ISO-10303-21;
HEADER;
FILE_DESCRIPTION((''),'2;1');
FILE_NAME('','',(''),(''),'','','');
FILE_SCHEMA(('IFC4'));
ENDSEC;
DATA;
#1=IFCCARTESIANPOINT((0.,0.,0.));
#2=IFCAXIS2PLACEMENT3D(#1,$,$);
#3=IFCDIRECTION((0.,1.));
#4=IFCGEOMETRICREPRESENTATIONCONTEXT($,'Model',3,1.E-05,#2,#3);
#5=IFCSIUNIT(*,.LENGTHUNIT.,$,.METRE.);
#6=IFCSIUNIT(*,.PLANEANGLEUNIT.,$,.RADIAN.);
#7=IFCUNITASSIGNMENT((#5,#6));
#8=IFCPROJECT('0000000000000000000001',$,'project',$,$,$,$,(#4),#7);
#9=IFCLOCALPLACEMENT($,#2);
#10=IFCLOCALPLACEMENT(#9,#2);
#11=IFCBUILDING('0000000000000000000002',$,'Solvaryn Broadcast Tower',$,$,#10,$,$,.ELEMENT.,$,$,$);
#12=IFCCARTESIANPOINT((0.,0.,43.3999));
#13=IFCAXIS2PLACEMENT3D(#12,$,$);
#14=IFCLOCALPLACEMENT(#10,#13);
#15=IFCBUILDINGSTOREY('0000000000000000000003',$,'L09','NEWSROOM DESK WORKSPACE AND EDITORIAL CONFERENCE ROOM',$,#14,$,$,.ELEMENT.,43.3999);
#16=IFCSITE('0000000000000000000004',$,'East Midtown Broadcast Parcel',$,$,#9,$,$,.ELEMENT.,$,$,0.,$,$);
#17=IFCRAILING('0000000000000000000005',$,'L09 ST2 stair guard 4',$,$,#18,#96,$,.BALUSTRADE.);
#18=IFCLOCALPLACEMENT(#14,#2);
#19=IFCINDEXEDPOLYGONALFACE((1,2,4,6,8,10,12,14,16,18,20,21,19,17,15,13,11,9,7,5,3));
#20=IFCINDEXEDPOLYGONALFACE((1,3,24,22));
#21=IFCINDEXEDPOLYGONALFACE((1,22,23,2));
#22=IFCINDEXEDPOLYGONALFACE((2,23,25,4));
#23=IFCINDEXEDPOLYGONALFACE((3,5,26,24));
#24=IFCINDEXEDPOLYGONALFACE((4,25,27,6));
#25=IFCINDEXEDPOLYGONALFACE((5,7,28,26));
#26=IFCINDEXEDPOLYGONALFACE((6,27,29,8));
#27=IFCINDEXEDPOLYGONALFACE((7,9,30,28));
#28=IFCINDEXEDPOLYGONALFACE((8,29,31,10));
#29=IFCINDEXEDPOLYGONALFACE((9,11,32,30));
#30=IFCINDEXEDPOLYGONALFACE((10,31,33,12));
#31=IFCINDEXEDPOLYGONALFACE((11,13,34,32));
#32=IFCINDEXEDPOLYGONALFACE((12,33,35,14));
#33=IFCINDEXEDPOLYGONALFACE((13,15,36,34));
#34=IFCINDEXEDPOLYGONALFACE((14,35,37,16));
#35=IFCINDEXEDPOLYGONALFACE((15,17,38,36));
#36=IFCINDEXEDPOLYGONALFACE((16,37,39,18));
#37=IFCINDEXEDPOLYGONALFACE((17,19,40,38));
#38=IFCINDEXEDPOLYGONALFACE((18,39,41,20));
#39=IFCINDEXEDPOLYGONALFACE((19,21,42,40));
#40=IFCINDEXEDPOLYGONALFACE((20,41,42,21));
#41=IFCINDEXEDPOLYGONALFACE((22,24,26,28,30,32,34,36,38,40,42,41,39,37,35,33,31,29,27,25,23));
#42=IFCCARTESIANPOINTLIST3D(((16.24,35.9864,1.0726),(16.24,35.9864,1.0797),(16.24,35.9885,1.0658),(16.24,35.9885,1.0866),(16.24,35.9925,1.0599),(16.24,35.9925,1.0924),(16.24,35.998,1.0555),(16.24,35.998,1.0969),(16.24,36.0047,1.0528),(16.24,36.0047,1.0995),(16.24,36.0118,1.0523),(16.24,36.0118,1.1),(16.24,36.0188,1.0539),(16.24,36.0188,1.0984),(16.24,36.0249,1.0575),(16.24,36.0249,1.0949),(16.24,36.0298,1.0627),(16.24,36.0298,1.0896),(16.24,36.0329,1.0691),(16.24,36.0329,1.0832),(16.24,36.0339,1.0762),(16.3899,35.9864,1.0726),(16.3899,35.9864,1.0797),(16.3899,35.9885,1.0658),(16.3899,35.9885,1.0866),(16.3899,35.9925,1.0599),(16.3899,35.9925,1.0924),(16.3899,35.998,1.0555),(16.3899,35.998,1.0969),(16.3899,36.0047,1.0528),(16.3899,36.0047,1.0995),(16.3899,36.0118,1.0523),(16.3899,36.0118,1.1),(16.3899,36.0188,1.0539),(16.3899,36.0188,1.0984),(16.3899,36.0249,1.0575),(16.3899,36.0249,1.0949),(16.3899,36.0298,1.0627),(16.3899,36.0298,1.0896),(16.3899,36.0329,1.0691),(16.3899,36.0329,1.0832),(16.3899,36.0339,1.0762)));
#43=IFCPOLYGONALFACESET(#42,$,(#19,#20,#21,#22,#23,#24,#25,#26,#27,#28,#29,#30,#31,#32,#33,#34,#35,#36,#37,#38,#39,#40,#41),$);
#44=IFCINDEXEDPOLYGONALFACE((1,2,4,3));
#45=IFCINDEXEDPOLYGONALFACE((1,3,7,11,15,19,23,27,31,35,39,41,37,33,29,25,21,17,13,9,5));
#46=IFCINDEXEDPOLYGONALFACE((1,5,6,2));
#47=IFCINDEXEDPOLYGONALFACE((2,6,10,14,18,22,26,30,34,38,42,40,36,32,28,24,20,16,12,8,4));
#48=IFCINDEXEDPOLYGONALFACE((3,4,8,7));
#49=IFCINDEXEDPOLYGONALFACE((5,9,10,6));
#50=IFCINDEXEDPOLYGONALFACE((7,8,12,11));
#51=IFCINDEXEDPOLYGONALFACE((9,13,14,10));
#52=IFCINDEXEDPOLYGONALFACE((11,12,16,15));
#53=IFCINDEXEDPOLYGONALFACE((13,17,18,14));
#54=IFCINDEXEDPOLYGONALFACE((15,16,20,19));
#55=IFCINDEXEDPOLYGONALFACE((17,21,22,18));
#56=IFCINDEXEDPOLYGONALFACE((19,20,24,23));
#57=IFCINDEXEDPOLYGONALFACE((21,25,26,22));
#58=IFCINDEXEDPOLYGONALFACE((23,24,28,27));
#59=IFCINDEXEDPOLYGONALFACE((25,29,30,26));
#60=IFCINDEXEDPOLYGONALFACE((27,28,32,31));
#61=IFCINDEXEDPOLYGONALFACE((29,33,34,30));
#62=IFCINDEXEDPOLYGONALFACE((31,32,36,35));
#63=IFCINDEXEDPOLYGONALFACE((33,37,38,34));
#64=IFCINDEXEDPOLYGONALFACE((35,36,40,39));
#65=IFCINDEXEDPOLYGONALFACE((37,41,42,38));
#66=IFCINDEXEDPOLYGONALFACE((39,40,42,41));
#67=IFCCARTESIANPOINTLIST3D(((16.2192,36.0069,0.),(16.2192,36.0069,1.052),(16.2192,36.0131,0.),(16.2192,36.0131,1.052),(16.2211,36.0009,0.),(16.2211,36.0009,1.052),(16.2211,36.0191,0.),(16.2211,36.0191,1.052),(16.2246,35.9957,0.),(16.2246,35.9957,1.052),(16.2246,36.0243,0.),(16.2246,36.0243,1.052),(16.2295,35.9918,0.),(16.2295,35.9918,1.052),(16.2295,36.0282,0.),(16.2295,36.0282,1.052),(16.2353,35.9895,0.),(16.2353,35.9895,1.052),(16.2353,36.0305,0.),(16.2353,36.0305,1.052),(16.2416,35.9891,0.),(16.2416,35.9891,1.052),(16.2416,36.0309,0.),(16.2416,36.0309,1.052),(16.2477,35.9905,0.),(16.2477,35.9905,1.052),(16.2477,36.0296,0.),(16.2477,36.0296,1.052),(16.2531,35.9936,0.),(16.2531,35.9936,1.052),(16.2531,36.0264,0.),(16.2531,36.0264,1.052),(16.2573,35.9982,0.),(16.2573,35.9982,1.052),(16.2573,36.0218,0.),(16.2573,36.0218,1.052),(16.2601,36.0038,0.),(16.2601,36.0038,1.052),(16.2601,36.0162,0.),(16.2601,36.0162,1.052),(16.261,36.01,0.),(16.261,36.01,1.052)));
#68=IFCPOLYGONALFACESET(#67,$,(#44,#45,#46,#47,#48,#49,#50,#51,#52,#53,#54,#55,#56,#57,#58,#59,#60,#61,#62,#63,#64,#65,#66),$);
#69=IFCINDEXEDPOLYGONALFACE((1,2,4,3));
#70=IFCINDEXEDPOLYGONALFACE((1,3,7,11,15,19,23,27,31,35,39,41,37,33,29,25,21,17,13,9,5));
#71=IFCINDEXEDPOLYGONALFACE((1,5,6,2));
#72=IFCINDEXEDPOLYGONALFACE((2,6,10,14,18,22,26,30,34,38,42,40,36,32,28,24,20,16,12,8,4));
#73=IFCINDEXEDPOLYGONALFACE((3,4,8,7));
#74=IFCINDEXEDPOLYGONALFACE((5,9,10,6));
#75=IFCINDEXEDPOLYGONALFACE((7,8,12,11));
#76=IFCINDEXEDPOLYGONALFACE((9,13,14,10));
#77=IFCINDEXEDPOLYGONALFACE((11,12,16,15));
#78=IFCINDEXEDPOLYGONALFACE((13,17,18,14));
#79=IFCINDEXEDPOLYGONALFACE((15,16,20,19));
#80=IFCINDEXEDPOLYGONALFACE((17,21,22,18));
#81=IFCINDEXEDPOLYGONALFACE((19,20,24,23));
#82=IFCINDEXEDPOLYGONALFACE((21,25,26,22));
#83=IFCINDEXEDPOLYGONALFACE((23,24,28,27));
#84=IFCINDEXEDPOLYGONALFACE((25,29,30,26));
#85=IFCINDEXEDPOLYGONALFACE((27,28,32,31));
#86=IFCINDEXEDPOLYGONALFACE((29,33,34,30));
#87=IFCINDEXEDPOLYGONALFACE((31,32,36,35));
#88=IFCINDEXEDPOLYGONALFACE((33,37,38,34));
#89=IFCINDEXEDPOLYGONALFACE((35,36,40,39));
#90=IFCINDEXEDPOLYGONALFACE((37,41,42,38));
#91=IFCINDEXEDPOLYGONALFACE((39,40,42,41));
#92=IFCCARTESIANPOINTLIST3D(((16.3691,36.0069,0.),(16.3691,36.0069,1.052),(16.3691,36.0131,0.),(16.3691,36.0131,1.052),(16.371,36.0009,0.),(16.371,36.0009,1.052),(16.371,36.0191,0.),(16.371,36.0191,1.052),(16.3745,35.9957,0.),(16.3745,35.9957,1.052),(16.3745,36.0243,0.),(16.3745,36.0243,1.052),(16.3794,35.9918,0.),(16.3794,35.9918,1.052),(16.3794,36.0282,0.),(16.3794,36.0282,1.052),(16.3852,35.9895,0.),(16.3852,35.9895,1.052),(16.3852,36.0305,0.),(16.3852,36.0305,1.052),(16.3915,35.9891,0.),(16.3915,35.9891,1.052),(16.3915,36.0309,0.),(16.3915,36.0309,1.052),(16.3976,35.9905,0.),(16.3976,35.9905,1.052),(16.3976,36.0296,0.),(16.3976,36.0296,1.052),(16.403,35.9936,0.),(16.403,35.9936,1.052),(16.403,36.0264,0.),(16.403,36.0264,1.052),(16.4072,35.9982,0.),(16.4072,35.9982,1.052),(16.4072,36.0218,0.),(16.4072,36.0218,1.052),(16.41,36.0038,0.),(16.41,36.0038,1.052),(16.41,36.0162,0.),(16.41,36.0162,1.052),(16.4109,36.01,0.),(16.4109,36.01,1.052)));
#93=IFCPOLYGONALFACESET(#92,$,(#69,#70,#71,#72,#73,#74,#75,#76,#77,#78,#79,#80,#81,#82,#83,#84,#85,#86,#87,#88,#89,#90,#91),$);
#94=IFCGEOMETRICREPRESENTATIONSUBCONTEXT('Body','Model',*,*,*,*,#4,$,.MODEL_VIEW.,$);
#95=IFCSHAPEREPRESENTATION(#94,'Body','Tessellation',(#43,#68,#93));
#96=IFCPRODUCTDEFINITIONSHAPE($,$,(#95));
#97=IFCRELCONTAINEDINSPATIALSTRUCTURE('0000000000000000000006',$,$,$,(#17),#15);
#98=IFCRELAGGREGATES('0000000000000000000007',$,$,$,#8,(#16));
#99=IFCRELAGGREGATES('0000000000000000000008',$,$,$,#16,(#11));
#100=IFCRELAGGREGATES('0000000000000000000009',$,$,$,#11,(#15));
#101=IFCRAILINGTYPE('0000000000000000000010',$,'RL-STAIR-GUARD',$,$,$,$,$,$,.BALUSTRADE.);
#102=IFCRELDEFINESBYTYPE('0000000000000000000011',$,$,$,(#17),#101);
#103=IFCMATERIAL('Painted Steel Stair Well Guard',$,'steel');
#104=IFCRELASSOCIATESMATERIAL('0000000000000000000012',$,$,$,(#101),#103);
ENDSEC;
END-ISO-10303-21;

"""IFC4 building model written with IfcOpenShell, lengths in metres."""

from ifc_helpers import new_model, si_unit, direction, frame, origin, origin_2d, place, context, subcontext, project, spatial, circle, extrude, material, type_object, element, save


model = new_model("IFC4")

# Units and contexts
model_context = context("Model", 3, precision=1e-05, world=origin(), true_north=direction((0.0, 1.0)))
body_context = subcontext(model_context, "Body", "Model", "MODEL_VIEW")
ifc_project = project(units=[si_unit("LENGTHUNIT", "METRE"), si_unit("PLANEANGLEUNIT", "RADIAN")], contexts=[model_context])

# Site, building, storey
site_placement = place(None, origin())
site = spatial("IfcSite", under=ifc_project, at=site_placement, Name="East Midtown Broadcast Parcel", CompositionType="ELEMENT", RefElevation=0.0)
building_placement = place(site_placement, origin())
building = spatial("IfcBuilding", under=site, at=building_placement, Name="Solvaryn Broadcast Tower", CompositionType="ELEMENT")
storey_placement = place(building_placement, frame((0.0, 0.0, 43.3999)))
storey = spatial("IfcBuildingStorey", under=building, at=storey_placement, Name="L09", Description="NEWSROOM DESK WORKSPACE AND EDITORIAL CONFERENCE ROOM", CompositionType="ELEMENT", Elevation=43.3999)

# Railing
ifc_material_1 = material(Name="Painted Steel Stair Well Guard", Category="steel")
railing_type_1 = type_object("IfcRailingType", Name="RL-STAIR-GUARD", PredefinedType="BALUSTRADE", material=ifc_material_1)
railing_1_placement = place(storey_placement, frame((16.24, 36.01, 0.0)))
element("IfcRailing", 1, at=railing_1_placement, inside=storey, type_object=railing_type_1, Name="L09 ST2 stair guard 4", PredefinedType="BALUSTRADE", context=body_context, shape_type="SweptSolid", body=[
    extrude(circle(Radius=0.0239, at=origin_2d()), frame((0.0, 0.0, 1.0762), z_axis=(1.0, 0.0, 0.0), x_axis=(0.0, 1.0, 0.0)), (0.0, 0.0, 1.0), 0.1499),
    extrude(circle(Radius=0.021, at=origin_2d()), origin(), (0.0, 0.0, 1.0), 1.052),
    extrude(circle(Radius=0.021, at=origin_2d()), frame((0.1499, 0.0, 0.0)), (0.0, 0.0, 1.0), 1.052),
])

save(model, "model.ifc")
